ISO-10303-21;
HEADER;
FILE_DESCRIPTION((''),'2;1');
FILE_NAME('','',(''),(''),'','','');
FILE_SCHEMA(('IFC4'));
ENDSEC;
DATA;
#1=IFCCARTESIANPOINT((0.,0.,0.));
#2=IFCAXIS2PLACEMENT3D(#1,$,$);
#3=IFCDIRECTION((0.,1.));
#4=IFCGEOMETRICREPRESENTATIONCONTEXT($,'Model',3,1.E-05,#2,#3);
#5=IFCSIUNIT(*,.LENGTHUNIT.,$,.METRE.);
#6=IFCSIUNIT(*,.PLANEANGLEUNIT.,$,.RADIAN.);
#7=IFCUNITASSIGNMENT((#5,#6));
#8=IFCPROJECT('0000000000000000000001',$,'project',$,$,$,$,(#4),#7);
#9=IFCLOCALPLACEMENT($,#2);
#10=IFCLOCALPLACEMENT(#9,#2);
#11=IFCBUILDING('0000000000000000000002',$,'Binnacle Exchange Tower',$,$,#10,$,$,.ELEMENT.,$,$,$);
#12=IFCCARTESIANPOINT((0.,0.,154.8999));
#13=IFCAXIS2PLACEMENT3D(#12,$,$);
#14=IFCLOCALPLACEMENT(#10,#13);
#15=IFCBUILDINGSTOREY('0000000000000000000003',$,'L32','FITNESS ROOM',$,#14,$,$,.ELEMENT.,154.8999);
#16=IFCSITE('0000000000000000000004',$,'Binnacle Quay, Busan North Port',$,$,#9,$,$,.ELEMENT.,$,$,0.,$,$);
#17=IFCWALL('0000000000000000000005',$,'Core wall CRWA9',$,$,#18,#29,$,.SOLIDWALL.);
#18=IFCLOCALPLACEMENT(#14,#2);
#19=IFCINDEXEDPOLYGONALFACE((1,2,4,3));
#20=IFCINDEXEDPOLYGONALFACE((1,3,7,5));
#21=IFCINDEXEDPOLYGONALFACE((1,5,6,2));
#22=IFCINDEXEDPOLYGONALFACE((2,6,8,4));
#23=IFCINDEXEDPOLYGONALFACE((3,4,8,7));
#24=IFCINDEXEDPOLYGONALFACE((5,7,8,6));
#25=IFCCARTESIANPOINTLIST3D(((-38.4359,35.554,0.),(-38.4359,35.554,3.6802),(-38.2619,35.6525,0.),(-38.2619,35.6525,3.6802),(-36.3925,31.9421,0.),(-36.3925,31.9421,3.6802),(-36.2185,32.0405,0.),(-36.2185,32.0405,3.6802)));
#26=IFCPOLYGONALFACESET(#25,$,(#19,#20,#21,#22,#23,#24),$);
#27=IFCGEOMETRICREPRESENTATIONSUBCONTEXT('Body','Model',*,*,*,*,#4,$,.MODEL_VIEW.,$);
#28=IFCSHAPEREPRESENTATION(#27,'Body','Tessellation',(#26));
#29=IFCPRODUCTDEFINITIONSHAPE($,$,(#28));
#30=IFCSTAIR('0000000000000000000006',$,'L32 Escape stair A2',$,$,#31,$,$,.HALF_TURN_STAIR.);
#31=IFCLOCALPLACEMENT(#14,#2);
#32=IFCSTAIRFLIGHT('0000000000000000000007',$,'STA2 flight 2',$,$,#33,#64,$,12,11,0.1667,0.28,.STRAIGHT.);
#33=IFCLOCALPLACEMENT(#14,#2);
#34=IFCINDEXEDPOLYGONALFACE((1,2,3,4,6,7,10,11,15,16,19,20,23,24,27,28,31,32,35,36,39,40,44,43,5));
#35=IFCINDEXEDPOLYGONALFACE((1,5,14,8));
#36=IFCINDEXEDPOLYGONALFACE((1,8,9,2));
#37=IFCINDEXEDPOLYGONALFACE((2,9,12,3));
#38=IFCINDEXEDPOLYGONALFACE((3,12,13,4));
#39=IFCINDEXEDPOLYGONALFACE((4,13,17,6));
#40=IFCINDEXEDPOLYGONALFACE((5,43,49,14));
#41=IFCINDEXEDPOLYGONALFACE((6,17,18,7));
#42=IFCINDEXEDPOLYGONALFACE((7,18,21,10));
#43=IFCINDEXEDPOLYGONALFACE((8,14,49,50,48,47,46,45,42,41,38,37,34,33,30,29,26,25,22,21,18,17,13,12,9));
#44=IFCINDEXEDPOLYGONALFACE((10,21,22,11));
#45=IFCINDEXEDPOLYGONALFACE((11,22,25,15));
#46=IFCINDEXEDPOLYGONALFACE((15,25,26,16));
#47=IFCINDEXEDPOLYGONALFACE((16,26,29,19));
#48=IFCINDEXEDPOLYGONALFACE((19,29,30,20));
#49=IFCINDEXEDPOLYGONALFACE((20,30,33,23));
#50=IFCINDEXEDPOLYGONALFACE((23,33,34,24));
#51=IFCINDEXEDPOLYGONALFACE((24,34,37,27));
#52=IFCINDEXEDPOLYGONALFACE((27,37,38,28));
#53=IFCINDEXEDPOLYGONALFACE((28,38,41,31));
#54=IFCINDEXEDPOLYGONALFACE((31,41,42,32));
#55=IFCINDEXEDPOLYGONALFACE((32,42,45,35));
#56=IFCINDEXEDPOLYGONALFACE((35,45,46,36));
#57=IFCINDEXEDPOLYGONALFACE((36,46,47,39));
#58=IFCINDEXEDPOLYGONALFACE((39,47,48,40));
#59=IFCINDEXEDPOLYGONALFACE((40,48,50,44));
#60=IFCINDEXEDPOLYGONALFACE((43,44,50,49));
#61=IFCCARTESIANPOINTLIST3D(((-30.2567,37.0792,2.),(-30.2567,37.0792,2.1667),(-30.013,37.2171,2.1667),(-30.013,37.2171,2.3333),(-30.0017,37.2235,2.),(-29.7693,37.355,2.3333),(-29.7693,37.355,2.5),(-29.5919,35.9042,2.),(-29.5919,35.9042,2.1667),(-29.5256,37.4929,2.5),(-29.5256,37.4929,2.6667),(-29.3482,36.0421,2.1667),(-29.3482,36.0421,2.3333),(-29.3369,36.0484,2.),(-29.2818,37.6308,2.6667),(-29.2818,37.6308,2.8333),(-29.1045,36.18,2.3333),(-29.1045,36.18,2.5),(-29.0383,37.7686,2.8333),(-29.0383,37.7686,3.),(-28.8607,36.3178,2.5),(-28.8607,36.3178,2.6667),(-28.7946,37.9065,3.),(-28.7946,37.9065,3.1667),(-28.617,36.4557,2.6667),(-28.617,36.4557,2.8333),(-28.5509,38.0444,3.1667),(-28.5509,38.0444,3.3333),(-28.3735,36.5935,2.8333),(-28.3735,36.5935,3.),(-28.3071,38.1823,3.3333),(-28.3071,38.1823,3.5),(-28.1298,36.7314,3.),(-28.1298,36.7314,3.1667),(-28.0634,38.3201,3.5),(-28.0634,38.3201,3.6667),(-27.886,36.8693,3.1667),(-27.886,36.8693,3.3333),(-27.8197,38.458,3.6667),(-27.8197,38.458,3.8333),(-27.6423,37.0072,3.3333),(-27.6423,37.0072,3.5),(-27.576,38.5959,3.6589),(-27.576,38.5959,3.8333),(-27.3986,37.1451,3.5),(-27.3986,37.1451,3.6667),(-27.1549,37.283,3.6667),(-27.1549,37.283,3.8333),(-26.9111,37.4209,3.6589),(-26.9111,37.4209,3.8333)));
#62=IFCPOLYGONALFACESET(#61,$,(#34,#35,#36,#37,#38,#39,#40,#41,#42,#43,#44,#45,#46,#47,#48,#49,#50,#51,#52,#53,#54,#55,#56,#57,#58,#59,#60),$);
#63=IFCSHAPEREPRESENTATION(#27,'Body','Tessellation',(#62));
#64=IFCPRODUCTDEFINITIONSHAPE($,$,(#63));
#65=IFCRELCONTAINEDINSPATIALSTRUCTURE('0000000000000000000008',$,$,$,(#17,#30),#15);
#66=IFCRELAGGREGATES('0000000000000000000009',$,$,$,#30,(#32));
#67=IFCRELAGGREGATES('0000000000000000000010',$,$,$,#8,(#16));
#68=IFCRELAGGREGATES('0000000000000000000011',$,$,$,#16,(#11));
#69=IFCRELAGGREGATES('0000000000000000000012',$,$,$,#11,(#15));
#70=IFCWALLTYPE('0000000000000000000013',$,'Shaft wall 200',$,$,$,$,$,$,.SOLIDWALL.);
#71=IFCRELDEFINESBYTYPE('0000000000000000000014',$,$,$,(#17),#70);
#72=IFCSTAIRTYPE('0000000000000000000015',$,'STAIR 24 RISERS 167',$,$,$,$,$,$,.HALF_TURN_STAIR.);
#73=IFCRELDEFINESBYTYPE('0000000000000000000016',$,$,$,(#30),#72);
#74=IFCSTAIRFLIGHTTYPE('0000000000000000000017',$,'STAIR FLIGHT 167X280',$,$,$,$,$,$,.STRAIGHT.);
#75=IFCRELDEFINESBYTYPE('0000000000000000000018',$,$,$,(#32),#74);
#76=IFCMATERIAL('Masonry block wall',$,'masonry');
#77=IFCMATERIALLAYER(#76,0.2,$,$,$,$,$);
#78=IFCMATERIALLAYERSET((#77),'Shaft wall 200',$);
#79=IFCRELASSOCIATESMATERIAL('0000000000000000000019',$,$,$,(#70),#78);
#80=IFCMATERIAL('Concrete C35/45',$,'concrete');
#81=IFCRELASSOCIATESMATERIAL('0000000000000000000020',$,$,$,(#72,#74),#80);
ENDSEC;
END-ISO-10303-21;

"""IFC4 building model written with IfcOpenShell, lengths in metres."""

from ifc_helpers import new_model, si_unit, direction, frame, frame_2d, origin, place, context, subcontext, project, spatial, polyline, rectangle, outline, extrude, material, layer, layer_set, type_object, element, aggregate, save


model = new_model("IFC4")

# Units and contexts
model_context = context("Model", 3, precision=1e-05, world=origin(), true_north=direction((0.0, 1.0)))
body_context = subcontext(model_context, "Body", "Model", "MODEL_VIEW")
ifc_project = project(units=[si_unit("LENGTHUNIT", "METRE"), si_unit("PLANEANGLEUNIT", "RADIAN")], contexts=[model_context])

# Site, building, storey
site_placement = place(None, origin())
site = spatial("IfcSite", under=ifc_project, at=site_placement, Name="Binnacle Quay, Busan North Port", CompositionType="ELEMENT", RefElevation=0.0)
building_placement = place(site_placement, origin())
building = spatial("IfcBuilding", under=site, at=building_placement, Name="Binnacle Exchange Tower", CompositionType="ELEMENT")
storey_placement = place(building_placement, frame((0.0, 0.0, 154.8999)))
storey = spatial("IfcBuildingStorey", under=building, at=storey_placement, Name="L32", Description="FITNESS ROOM", CompositionType="ELEMENT", Elevation=154.8999)

# Wall
ifc_material_1 = material(Name="Masonry block wall", Category="masonry")
ifc_layer_1 = layer(ifc_material_1, 0.2)
ifc_layer_set_1 = layer_set([ifc_layer_1], Name="Shaft wall 200")
wall_type_1 = type_object("IfcWallType", Name="Shaft wall 200", PredefinedType="SOLIDWALL", material=ifc_layer_set_1)
wall_1_placement = place(storey_placement, frame((-38.3489, 35.6033, 0.0), z_axis=(0.0, 0.0, 1.0), x_axis=(0.492396, -0.870371, 0.0)))
element("IfcWall", 1, at=wall_1_placement, inside=storey, type_object=wall_type_1, Name="Core wall CRWA9", PredefinedType="SOLIDWALL", context=body_context, shape_type="SweptSolid", body=[
    extrude(rectangle(XDim=4.1499, YDim=0.2, at=frame_2d((2.075, 0.0))), origin(), (0.0, 0.0, 1.0), 3.6802),
])

# Stair, stair flight
ifc_material_2 = material(Name="Concrete C35/45", Category="concrete")
stair_type = type_object("IfcStairType", Name="STAIR 24 RISERS 167", PredefinedType="HALF_TURN_STAIR", material=ifc_material_2)
stair_placement = place(storey_placement, origin())
stair = element("IfcStair", 2, at=stair_placement, inside=storey, type_object=stair_type, Name="L32 Escape stair A2", PredefinedType="HALF_TURN_STAIR")
stair_flight_type = type_object("IfcStairFlightType", Name="STAIR FLIGHT 167X280", PredefinedType="STRAIGHT", material=ifc_material_2)
stair_flight_placement = place(storey_placement, frame((-29.9243, 36.4917, 2.0), z_axis=(0.0, 0.0, 1.0), x_axis=(0.870356, 0.492424, 0.0)))
stair_flight = element("IfcStairFlight", 3, at=stair_flight_placement, type_object=stair_flight_type, Name="STA2 flight 2", NumberOfRisers=12, NumberOfTreads=11, PredefinedType="STRAIGHT", RiserHeight=0.1667, TreadLength=0.28, context=body_context, shape_type="SweptSolid", body=[
    extrude(outline(polyline([(0.0, 0.0), (0.0, 0.1667), (0.28, 0.1667), (0.28, 0.3333), (0.5601, 0.3333), (0.5601, 0.5), (0.8401, 0.5), (0.8401, 0.6667), (1.1201, 0.6667), (1.1201, 0.8333), (1.3999, 0.8333), (1.3999, 1.0), (1.6799, 1.0), (1.6799, 1.1667), (1.96, 1.1667), (1.96, 1.3333), (2.24, 1.3333), (2.24, 1.5), (2.52, 1.5), (2.52, 1.6667), (2.8, 1.6667), (2.8, 1.8333), (3.0801, 1.8333), (3.0801, 2.0), (3.0801, 1.6589), (0.293, 0.0), (0.0, 0.0)])), frame((0.0, 0.675, 0.0), z_axis=(0.0, -1.0, 0.0), x_axis=(1.0, 0.0, 0.0)), (0.0, 0.0, 1.0), 1.3501),
])
aggregate(stair, [stair_flight])

save(model, "model.ifc")
